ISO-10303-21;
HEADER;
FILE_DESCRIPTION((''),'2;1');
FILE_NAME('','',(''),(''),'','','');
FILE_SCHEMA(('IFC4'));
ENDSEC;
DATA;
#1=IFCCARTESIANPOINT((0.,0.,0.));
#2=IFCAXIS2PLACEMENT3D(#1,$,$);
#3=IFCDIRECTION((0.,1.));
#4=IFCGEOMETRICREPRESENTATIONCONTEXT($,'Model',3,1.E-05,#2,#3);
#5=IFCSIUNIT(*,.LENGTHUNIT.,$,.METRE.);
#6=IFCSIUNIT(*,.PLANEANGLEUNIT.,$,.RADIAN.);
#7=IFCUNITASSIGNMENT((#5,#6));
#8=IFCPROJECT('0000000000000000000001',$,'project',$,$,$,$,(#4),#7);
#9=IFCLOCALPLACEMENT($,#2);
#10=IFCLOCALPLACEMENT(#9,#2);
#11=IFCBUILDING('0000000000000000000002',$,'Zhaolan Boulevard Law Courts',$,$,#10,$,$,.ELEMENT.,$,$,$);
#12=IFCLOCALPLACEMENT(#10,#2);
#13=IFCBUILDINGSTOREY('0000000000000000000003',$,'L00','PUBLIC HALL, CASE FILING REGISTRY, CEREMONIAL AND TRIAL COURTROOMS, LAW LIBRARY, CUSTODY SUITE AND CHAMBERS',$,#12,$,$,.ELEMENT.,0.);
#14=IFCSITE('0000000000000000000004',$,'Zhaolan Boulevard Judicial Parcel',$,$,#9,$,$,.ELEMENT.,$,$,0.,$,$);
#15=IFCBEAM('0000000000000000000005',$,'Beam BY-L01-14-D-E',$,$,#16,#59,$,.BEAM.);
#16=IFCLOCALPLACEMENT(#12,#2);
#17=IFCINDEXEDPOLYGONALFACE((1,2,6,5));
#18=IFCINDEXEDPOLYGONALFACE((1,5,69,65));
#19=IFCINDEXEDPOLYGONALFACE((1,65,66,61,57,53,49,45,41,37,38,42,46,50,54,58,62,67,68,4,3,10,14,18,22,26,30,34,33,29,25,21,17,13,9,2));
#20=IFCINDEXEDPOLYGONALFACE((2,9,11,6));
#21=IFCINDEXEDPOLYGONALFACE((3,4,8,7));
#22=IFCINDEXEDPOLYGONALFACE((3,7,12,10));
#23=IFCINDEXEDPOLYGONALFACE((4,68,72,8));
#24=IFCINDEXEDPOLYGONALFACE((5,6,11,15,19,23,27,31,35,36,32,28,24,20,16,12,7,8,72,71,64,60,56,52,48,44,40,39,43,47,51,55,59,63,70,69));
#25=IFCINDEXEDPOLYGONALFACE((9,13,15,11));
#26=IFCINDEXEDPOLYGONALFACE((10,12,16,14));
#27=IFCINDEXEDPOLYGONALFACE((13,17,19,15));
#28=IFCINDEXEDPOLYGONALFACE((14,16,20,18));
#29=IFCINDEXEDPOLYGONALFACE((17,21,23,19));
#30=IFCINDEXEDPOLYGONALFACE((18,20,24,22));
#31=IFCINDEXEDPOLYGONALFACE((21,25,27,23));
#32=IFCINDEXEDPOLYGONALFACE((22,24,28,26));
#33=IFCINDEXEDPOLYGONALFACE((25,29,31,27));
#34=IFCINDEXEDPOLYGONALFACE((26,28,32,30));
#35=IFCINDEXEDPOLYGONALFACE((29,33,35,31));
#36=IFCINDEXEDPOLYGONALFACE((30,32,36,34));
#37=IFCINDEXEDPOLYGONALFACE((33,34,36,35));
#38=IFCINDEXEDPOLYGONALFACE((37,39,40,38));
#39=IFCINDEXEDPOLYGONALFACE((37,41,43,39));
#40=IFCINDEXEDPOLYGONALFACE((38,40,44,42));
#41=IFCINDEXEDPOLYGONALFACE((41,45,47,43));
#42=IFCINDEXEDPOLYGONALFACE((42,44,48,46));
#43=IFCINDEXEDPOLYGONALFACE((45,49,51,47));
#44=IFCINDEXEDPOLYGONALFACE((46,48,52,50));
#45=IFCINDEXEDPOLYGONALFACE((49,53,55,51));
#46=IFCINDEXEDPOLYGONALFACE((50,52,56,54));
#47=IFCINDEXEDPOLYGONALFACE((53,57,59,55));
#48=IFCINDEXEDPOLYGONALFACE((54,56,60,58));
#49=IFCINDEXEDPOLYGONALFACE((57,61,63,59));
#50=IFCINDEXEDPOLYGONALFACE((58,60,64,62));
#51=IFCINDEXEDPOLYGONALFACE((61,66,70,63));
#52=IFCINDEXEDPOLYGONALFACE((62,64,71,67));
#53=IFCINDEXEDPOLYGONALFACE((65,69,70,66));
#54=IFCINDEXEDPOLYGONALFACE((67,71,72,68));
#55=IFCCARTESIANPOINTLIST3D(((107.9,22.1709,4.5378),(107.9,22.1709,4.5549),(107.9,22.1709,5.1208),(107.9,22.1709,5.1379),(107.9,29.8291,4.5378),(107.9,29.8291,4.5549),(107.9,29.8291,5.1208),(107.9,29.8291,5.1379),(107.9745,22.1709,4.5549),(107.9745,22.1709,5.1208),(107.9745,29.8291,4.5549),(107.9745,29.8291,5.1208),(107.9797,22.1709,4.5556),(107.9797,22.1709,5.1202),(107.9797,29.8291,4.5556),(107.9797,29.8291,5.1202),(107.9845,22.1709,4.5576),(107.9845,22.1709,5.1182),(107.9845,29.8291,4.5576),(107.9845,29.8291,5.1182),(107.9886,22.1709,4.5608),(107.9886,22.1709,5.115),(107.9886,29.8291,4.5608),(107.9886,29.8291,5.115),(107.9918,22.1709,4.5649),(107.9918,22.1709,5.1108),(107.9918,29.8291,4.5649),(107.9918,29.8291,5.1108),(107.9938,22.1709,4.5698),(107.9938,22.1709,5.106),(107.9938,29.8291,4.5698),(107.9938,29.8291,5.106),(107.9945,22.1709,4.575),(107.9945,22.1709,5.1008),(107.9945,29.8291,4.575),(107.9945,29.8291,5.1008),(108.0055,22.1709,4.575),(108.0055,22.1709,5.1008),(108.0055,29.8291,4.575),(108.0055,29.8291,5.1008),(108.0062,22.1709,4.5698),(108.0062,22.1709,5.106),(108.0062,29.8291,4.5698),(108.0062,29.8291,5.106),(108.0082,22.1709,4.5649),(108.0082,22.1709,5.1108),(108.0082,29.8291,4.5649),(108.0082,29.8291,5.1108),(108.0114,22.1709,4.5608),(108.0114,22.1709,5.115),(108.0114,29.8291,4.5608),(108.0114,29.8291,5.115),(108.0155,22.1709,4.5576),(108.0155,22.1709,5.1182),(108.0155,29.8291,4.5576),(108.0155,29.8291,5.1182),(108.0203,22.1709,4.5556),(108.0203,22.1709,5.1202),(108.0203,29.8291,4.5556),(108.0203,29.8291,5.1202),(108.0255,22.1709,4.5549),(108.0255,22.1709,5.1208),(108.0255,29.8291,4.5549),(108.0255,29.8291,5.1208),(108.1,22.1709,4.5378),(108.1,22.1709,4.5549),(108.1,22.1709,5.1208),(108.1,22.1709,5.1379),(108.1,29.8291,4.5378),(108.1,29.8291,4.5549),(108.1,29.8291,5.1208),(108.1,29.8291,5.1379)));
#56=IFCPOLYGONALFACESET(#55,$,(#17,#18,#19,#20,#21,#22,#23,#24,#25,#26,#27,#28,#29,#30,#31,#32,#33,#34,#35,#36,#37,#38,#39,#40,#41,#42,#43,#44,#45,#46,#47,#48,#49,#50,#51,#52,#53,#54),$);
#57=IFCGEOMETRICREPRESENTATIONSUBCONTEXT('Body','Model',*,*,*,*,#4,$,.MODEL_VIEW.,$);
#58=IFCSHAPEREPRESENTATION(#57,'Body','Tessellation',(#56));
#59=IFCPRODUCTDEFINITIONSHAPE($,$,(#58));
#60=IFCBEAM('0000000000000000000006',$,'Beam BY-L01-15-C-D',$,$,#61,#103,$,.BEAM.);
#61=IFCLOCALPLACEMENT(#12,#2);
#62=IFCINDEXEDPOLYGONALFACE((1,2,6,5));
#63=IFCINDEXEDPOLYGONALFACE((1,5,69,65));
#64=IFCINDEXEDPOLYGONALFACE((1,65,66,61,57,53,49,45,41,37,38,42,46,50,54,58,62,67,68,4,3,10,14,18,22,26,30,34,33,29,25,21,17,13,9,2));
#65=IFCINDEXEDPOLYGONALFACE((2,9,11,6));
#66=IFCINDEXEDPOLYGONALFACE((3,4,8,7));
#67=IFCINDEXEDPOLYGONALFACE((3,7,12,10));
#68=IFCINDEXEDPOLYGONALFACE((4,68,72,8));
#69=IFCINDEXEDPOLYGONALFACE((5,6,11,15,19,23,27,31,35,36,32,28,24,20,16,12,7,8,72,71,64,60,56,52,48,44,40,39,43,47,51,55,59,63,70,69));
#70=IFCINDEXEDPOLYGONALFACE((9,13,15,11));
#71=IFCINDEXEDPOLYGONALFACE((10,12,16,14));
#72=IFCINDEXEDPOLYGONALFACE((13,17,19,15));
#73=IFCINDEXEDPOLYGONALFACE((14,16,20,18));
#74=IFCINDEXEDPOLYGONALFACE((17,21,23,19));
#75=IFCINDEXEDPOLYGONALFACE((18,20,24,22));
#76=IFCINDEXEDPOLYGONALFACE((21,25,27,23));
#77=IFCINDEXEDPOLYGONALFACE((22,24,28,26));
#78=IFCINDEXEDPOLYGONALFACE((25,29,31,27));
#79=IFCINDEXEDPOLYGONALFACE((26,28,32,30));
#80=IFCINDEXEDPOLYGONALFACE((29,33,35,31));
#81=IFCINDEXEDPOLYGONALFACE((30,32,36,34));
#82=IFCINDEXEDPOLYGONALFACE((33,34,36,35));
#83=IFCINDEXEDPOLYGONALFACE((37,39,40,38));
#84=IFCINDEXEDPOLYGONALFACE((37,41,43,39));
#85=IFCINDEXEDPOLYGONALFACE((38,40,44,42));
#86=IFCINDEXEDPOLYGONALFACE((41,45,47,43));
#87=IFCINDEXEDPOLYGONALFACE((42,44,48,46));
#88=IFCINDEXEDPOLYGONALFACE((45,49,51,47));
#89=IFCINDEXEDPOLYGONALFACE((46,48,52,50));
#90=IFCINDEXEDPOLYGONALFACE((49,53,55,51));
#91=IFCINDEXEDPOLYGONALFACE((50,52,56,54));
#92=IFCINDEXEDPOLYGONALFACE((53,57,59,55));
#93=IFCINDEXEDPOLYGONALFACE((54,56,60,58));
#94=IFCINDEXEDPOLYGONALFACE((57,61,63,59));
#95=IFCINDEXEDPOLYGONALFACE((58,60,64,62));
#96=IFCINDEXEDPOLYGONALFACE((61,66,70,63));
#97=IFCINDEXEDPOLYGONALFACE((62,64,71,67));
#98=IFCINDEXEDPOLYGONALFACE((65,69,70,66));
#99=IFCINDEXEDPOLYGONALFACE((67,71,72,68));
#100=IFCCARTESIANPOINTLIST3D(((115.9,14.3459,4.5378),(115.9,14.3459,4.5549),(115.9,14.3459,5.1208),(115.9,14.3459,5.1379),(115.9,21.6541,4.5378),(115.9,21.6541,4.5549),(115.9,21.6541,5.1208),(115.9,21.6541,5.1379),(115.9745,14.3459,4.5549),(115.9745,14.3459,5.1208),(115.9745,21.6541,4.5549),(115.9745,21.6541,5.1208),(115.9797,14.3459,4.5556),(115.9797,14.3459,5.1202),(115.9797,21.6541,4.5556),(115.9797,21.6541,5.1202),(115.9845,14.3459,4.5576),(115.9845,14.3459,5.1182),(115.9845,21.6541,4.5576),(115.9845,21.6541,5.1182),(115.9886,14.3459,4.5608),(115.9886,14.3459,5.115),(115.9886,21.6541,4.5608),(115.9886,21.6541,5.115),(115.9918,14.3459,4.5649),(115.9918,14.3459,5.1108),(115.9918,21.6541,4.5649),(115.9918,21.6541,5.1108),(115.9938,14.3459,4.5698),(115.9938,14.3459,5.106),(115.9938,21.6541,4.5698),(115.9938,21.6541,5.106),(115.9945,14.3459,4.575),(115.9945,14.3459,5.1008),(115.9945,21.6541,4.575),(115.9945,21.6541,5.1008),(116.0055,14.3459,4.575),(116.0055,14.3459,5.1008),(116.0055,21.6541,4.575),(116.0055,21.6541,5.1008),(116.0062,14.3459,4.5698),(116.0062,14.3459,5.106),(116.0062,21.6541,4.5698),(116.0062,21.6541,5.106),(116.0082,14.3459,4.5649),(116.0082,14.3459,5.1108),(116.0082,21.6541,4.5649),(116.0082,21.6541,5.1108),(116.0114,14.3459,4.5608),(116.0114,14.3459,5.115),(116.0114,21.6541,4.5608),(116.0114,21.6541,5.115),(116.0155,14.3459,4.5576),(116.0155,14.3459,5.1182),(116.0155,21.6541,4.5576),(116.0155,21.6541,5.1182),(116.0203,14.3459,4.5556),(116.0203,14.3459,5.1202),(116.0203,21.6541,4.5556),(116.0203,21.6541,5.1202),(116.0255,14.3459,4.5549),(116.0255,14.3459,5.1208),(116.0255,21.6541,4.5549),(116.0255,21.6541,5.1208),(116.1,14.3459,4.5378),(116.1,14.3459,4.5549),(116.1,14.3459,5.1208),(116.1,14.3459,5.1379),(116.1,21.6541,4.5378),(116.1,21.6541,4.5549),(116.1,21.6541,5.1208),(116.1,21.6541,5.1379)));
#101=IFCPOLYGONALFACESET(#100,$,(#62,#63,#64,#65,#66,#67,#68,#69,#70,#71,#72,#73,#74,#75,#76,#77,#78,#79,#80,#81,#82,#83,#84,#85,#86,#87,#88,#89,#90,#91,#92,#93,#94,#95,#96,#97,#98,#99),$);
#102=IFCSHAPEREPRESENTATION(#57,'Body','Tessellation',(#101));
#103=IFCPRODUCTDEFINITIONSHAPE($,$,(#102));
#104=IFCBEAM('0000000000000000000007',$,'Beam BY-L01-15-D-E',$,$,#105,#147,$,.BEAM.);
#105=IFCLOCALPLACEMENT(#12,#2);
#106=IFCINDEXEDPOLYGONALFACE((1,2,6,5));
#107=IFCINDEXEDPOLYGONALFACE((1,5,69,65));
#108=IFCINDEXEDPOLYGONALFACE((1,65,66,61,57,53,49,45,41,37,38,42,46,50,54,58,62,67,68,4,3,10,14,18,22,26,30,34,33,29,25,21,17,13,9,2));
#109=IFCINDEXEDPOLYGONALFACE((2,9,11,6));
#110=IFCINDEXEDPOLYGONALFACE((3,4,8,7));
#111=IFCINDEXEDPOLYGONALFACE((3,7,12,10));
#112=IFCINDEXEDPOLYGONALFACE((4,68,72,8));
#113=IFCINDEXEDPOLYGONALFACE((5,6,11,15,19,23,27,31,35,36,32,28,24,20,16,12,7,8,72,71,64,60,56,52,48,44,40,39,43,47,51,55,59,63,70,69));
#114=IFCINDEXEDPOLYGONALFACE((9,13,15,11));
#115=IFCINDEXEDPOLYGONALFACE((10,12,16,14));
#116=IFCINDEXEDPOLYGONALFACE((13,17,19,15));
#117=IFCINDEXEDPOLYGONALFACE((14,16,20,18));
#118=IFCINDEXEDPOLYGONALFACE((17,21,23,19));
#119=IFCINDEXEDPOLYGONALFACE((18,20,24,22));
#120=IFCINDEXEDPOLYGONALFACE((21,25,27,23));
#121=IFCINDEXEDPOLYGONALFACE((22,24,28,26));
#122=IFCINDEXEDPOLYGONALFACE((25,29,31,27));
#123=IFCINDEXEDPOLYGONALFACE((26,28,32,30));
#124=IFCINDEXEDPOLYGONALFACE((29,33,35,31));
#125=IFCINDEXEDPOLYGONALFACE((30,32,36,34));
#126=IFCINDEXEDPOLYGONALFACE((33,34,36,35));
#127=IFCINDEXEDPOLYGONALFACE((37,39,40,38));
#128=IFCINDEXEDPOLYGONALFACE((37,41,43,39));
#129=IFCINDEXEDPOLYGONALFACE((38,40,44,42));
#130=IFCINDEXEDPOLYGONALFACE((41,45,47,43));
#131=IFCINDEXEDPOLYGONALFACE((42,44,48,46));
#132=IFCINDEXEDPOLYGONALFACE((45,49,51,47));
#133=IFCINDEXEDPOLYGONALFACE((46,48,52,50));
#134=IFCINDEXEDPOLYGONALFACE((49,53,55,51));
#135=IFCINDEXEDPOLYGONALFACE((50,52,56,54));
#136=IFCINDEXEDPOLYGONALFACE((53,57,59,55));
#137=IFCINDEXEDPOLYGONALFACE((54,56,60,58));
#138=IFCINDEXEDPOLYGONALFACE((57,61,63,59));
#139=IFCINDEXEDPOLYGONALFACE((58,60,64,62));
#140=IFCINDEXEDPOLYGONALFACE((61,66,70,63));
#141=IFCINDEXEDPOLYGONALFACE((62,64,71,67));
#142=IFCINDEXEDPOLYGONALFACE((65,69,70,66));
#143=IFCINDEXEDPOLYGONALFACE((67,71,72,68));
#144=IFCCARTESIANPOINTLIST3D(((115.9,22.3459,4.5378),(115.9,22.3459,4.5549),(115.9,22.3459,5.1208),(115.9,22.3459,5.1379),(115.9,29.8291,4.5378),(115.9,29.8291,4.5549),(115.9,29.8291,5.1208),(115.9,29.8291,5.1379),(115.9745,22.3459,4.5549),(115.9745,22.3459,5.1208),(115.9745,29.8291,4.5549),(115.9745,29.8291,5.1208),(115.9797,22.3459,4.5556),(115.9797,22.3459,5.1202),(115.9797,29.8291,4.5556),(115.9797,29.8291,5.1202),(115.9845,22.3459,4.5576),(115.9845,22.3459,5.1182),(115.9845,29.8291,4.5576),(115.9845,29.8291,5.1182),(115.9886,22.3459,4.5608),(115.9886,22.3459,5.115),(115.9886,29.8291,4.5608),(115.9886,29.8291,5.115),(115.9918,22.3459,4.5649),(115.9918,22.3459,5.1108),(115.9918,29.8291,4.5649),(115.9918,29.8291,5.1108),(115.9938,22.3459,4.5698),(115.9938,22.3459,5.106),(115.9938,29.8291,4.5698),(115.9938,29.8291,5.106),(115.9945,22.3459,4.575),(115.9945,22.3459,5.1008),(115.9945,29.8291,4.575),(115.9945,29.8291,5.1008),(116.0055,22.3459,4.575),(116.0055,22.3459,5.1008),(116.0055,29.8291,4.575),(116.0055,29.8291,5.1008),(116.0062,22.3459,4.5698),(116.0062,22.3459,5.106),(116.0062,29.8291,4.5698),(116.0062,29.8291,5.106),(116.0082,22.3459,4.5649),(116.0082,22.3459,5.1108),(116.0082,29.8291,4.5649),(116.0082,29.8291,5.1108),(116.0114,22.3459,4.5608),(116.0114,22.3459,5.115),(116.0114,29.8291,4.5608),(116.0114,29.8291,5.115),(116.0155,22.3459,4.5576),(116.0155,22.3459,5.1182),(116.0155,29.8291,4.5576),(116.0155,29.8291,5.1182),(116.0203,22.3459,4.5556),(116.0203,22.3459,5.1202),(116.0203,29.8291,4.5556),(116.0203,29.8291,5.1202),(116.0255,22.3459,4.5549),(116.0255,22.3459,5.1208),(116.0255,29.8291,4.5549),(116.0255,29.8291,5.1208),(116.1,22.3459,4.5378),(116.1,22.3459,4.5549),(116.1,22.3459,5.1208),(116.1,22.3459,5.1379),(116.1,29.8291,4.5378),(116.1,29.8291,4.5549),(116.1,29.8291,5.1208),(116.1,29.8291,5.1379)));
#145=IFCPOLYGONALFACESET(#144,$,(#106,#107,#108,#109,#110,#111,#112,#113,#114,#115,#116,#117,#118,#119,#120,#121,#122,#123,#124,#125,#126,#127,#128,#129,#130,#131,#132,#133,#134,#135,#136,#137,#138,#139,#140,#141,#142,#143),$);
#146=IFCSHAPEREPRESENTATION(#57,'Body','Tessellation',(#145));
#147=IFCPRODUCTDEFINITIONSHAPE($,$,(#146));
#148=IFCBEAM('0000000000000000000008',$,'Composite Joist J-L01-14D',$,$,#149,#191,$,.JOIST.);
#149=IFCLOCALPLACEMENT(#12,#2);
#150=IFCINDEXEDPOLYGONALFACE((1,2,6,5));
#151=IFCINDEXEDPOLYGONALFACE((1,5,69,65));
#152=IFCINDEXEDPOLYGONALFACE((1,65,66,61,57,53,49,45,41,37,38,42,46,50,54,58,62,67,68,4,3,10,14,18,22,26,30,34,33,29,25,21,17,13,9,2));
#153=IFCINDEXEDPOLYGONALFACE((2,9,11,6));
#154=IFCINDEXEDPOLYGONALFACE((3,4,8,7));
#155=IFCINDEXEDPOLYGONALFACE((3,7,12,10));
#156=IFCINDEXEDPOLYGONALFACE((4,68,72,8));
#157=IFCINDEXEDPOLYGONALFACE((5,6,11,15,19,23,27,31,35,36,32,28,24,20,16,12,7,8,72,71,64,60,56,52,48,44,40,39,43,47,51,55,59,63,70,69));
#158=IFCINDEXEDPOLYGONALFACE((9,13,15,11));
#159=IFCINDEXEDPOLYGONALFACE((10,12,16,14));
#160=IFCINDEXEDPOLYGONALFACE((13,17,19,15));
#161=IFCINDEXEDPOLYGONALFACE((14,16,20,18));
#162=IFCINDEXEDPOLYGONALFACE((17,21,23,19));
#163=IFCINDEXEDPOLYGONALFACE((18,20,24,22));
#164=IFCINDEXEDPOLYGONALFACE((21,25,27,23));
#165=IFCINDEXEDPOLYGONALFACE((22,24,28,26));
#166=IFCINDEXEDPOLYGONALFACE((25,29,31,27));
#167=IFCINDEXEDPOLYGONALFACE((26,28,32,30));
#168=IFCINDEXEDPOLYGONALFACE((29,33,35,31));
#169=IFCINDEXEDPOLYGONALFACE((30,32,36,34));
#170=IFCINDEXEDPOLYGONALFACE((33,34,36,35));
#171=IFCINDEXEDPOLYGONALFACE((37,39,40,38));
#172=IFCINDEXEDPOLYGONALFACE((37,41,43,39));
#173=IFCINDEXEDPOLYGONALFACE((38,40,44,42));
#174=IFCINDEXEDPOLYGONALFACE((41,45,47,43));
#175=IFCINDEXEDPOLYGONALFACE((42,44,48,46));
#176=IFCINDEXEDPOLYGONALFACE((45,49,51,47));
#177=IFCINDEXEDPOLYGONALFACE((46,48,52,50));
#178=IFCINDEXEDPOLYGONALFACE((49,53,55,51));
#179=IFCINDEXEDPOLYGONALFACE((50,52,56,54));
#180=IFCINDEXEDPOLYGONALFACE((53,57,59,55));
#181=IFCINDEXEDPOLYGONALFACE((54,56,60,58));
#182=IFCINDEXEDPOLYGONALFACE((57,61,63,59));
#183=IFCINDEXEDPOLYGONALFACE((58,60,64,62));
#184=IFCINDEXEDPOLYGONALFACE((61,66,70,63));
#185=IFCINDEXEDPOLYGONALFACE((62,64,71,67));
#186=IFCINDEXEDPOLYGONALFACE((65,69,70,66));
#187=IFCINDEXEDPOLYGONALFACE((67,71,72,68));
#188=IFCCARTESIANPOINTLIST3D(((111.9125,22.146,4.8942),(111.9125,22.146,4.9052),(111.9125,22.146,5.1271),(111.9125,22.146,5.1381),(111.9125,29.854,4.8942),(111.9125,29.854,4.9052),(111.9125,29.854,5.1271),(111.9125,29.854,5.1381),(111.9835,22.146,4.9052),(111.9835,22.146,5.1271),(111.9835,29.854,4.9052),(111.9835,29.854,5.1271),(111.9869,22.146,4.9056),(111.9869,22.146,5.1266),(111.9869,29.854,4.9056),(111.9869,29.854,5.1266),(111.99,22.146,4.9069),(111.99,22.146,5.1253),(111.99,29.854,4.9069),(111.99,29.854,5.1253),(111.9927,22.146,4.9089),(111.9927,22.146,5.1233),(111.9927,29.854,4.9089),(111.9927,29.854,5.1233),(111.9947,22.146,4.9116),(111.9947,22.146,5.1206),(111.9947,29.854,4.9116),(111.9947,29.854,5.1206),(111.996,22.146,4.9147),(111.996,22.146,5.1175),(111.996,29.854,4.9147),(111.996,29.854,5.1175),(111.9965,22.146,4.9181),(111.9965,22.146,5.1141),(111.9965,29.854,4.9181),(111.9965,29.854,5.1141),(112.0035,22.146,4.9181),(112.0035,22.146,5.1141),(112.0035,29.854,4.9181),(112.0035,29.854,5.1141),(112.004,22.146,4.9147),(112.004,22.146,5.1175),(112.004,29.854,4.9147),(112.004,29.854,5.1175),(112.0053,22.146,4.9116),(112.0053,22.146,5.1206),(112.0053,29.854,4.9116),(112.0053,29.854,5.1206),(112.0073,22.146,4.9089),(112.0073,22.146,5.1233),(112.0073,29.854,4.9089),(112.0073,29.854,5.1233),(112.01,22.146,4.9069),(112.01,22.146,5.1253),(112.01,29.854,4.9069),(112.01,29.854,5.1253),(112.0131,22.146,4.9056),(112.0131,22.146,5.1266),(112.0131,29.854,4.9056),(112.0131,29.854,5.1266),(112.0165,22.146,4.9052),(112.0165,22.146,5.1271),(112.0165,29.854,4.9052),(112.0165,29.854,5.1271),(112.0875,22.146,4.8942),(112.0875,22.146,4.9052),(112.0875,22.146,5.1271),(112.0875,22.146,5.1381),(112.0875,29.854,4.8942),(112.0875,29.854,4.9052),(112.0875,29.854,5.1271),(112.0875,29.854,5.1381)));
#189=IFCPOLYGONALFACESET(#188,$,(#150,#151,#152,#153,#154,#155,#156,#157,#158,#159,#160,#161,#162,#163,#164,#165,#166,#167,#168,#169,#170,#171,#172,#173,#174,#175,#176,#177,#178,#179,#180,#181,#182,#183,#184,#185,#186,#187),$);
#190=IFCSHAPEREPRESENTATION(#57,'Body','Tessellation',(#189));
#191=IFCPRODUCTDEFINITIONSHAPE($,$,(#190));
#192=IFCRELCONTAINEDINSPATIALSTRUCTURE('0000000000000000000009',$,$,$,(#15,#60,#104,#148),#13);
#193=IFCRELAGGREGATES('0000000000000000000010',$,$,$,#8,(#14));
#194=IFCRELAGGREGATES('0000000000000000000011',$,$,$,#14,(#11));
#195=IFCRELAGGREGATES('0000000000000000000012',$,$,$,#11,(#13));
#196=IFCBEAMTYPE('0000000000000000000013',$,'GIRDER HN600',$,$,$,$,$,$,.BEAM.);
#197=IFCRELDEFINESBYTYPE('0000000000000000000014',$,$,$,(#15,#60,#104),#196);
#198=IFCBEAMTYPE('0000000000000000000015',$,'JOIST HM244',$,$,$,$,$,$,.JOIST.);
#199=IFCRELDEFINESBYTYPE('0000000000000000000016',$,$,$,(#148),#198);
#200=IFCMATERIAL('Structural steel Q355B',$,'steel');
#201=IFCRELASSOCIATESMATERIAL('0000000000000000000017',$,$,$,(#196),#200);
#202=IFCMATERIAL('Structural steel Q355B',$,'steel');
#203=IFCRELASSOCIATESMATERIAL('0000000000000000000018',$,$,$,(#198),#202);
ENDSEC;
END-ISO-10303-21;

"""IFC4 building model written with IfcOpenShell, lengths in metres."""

from ifc_helpers import new_model, si_unit, direction, frame, origin, origin_2d, place, context, subcontext, project, spatial, i_section, extrude, material, material_profile, profile_set, type_object, element, save


model = new_model("IFC4")

# Units and contexts
model_context = context("Model", 3, precision=1e-05, world=origin(), true_north=direction((0.0, 1.0)))
body_context = subcontext(model_context, "Body", "Model", "MODEL_VIEW")
ifc_project = project(units=[si_unit("LENGTHUNIT", "METRE"), si_unit("PLANEANGLEUNIT", "RADIAN")], contexts=[model_context])

# Site, building, storey
site_placement = place(None, origin())
site = spatial("IfcSite", under=ifc_project, at=site_placement, Name="Zhaolan Boulevard Judicial Parcel", CompositionType="ELEMENT", RefElevation=0.0)
building_placement = place(site_placement, origin())
building = spatial("IfcBuilding", under=site, at=building_placement, Name="Zhaolan Boulevard Law Courts", CompositionType="ELEMENT")
storey_placement = place(building_placement, origin())
storey = spatial("IfcBuildingStorey", under=building, at=storey_placement, Name="L00", Description="PUBLIC HALL, CASE FILING REGISTRY, CEREMONIAL AND TRIAL COURTROOMS, LAW LIBRARY, CUSTODY SUITE AND CHAMBERS", CompositionType="ELEMENT", Elevation=0.0)

# Beams
ifc_material_1 = material(Name="Structural steel Q355B", Category="steel")
ifc_material_profile_1 = material_profile(ifc_material_1, i_section(OverallWidth=0.2, OverallDepth=0.6001, WebThickness=0.011, FlangeThickness=0.0171, FilletRadius=0.02, at=origin_2d()), Name="HN600x200")
ifc_profile_set_1 = profile_set([ifc_material_profile_1], Name="Structural steel Q355B")
beam_type_1 = type_object("IfcBeamType", Name="GIRDER HN600", PredefinedType="BEAM", material=ifc_profile_set_1)
for number, where, z_axis, x_axis, name in (
    (1, (108.0, 22.1709, 4.8379), (0.0, 1.0, 0.0), (-1.0, 0.0, 0.0), "Beam BY-L01-14-D-E"),
):
    element("IfcBeam", number, at=place(storey_placement, frame(where, z_axis=z_axis, x_axis=x_axis)), inside=storey, type_object=beam_type_1, Name=name, PredefinedType="BEAM", context=body_context, shape_type="SweptSolid", body=[
        extrude(i_section(OverallWidth=0.2, OverallDepth=0.6001, WebThickness=0.011, FlangeThickness=0.0171, FilletRadius=0.02, at=origin_2d()), origin(), (0.0, 0.0, 1.0), 7.6582),
    ])
beam_1_placement = place(storey_placement, frame((116.0, 14.3459, 4.8379), z_axis=(0.0, 1.0, 0.0), x_axis=(-1.0, 0.0, 0.0)))
element("IfcBeam", 2, at=beam_1_placement, inside=storey, type_object=beam_type_1, Name="Beam BY-L01-15-C-D", PredefinedType="BEAM", context=body_context, shape_type="SweptSolid", body=[
    extrude(i_section(OverallWidth=0.2, OverallDepth=0.6001, WebThickness=0.011, FlangeThickness=0.0171, FilletRadius=0.02, at=origin_2d()), origin(), (0.0, 0.0, 1.0), 7.3081),
])
beam_2_placement = place(storey_placement, frame((116.0, 22.3459, 4.8379), z_axis=(0.0, 1.0, 0.0), x_axis=(-1.0, 0.0, 0.0)))
element("IfcBeam", 3, at=beam_2_placement, inside=storey, type_object=beam_type_1, Name="Beam BY-L01-15-D-E", PredefinedType="BEAM", context=body_context, shape_type="SweptSolid", body=[
    extrude(i_section(OverallWidth=0.2, OverallDepth=0.6001, WebThickness=0.011, FlangeThickness=0.0171, FilletRadius=0.02, at=origin_2d()), origin(), (0.0, 0.0, 1.0), 7.4832),
])
ifc_material_2 = material(Name="Structural steel Q355B", Category="steel")
ifc_material_profile_2 = material_profile(ifc_material_2, i_section(OverallWidth=0.175, OverallDepth=0.2439, WebThickness=0.0071, FlangeThickness=0.011, FilletRadius=0.0129, at=origin_2d()), Name="HM244x175")
ifc_profile_set_2 = profile_set([ifc_material_profile_2], Name="Structural steel Q355B")
beam_type_2 = type_object("IfcBeamType", Name="JOIST HM244", PredefinedType="JOIST", material=ifc_profile_set_2)
beam_3_placement = place(storey_placement, frame((112.0, 22.146, 5.0161), z_axis=(0.0, 1.0, 0.0), x_axis=(-1.0, 0.0, 0.0)))
element("IfcBeam", 4, at=beam_3_placement, inside=storey, type_object=beam_type_2, Name="Composite Joist J-L01-14D", PredefinedType="JOIST", context=body_context, shape_type="SweptSolid", body=[
    extrude(i_section(OverallWidth=0.175, OverallDepth=0.2439, WebThickness=0.0071, FlangeThickness=0.011, FilletRadius=0.0129, at=origin_2d()), origin(), (0.0, 0.0, 1.0), 7.708),
])

save(model, "model.ifc")
